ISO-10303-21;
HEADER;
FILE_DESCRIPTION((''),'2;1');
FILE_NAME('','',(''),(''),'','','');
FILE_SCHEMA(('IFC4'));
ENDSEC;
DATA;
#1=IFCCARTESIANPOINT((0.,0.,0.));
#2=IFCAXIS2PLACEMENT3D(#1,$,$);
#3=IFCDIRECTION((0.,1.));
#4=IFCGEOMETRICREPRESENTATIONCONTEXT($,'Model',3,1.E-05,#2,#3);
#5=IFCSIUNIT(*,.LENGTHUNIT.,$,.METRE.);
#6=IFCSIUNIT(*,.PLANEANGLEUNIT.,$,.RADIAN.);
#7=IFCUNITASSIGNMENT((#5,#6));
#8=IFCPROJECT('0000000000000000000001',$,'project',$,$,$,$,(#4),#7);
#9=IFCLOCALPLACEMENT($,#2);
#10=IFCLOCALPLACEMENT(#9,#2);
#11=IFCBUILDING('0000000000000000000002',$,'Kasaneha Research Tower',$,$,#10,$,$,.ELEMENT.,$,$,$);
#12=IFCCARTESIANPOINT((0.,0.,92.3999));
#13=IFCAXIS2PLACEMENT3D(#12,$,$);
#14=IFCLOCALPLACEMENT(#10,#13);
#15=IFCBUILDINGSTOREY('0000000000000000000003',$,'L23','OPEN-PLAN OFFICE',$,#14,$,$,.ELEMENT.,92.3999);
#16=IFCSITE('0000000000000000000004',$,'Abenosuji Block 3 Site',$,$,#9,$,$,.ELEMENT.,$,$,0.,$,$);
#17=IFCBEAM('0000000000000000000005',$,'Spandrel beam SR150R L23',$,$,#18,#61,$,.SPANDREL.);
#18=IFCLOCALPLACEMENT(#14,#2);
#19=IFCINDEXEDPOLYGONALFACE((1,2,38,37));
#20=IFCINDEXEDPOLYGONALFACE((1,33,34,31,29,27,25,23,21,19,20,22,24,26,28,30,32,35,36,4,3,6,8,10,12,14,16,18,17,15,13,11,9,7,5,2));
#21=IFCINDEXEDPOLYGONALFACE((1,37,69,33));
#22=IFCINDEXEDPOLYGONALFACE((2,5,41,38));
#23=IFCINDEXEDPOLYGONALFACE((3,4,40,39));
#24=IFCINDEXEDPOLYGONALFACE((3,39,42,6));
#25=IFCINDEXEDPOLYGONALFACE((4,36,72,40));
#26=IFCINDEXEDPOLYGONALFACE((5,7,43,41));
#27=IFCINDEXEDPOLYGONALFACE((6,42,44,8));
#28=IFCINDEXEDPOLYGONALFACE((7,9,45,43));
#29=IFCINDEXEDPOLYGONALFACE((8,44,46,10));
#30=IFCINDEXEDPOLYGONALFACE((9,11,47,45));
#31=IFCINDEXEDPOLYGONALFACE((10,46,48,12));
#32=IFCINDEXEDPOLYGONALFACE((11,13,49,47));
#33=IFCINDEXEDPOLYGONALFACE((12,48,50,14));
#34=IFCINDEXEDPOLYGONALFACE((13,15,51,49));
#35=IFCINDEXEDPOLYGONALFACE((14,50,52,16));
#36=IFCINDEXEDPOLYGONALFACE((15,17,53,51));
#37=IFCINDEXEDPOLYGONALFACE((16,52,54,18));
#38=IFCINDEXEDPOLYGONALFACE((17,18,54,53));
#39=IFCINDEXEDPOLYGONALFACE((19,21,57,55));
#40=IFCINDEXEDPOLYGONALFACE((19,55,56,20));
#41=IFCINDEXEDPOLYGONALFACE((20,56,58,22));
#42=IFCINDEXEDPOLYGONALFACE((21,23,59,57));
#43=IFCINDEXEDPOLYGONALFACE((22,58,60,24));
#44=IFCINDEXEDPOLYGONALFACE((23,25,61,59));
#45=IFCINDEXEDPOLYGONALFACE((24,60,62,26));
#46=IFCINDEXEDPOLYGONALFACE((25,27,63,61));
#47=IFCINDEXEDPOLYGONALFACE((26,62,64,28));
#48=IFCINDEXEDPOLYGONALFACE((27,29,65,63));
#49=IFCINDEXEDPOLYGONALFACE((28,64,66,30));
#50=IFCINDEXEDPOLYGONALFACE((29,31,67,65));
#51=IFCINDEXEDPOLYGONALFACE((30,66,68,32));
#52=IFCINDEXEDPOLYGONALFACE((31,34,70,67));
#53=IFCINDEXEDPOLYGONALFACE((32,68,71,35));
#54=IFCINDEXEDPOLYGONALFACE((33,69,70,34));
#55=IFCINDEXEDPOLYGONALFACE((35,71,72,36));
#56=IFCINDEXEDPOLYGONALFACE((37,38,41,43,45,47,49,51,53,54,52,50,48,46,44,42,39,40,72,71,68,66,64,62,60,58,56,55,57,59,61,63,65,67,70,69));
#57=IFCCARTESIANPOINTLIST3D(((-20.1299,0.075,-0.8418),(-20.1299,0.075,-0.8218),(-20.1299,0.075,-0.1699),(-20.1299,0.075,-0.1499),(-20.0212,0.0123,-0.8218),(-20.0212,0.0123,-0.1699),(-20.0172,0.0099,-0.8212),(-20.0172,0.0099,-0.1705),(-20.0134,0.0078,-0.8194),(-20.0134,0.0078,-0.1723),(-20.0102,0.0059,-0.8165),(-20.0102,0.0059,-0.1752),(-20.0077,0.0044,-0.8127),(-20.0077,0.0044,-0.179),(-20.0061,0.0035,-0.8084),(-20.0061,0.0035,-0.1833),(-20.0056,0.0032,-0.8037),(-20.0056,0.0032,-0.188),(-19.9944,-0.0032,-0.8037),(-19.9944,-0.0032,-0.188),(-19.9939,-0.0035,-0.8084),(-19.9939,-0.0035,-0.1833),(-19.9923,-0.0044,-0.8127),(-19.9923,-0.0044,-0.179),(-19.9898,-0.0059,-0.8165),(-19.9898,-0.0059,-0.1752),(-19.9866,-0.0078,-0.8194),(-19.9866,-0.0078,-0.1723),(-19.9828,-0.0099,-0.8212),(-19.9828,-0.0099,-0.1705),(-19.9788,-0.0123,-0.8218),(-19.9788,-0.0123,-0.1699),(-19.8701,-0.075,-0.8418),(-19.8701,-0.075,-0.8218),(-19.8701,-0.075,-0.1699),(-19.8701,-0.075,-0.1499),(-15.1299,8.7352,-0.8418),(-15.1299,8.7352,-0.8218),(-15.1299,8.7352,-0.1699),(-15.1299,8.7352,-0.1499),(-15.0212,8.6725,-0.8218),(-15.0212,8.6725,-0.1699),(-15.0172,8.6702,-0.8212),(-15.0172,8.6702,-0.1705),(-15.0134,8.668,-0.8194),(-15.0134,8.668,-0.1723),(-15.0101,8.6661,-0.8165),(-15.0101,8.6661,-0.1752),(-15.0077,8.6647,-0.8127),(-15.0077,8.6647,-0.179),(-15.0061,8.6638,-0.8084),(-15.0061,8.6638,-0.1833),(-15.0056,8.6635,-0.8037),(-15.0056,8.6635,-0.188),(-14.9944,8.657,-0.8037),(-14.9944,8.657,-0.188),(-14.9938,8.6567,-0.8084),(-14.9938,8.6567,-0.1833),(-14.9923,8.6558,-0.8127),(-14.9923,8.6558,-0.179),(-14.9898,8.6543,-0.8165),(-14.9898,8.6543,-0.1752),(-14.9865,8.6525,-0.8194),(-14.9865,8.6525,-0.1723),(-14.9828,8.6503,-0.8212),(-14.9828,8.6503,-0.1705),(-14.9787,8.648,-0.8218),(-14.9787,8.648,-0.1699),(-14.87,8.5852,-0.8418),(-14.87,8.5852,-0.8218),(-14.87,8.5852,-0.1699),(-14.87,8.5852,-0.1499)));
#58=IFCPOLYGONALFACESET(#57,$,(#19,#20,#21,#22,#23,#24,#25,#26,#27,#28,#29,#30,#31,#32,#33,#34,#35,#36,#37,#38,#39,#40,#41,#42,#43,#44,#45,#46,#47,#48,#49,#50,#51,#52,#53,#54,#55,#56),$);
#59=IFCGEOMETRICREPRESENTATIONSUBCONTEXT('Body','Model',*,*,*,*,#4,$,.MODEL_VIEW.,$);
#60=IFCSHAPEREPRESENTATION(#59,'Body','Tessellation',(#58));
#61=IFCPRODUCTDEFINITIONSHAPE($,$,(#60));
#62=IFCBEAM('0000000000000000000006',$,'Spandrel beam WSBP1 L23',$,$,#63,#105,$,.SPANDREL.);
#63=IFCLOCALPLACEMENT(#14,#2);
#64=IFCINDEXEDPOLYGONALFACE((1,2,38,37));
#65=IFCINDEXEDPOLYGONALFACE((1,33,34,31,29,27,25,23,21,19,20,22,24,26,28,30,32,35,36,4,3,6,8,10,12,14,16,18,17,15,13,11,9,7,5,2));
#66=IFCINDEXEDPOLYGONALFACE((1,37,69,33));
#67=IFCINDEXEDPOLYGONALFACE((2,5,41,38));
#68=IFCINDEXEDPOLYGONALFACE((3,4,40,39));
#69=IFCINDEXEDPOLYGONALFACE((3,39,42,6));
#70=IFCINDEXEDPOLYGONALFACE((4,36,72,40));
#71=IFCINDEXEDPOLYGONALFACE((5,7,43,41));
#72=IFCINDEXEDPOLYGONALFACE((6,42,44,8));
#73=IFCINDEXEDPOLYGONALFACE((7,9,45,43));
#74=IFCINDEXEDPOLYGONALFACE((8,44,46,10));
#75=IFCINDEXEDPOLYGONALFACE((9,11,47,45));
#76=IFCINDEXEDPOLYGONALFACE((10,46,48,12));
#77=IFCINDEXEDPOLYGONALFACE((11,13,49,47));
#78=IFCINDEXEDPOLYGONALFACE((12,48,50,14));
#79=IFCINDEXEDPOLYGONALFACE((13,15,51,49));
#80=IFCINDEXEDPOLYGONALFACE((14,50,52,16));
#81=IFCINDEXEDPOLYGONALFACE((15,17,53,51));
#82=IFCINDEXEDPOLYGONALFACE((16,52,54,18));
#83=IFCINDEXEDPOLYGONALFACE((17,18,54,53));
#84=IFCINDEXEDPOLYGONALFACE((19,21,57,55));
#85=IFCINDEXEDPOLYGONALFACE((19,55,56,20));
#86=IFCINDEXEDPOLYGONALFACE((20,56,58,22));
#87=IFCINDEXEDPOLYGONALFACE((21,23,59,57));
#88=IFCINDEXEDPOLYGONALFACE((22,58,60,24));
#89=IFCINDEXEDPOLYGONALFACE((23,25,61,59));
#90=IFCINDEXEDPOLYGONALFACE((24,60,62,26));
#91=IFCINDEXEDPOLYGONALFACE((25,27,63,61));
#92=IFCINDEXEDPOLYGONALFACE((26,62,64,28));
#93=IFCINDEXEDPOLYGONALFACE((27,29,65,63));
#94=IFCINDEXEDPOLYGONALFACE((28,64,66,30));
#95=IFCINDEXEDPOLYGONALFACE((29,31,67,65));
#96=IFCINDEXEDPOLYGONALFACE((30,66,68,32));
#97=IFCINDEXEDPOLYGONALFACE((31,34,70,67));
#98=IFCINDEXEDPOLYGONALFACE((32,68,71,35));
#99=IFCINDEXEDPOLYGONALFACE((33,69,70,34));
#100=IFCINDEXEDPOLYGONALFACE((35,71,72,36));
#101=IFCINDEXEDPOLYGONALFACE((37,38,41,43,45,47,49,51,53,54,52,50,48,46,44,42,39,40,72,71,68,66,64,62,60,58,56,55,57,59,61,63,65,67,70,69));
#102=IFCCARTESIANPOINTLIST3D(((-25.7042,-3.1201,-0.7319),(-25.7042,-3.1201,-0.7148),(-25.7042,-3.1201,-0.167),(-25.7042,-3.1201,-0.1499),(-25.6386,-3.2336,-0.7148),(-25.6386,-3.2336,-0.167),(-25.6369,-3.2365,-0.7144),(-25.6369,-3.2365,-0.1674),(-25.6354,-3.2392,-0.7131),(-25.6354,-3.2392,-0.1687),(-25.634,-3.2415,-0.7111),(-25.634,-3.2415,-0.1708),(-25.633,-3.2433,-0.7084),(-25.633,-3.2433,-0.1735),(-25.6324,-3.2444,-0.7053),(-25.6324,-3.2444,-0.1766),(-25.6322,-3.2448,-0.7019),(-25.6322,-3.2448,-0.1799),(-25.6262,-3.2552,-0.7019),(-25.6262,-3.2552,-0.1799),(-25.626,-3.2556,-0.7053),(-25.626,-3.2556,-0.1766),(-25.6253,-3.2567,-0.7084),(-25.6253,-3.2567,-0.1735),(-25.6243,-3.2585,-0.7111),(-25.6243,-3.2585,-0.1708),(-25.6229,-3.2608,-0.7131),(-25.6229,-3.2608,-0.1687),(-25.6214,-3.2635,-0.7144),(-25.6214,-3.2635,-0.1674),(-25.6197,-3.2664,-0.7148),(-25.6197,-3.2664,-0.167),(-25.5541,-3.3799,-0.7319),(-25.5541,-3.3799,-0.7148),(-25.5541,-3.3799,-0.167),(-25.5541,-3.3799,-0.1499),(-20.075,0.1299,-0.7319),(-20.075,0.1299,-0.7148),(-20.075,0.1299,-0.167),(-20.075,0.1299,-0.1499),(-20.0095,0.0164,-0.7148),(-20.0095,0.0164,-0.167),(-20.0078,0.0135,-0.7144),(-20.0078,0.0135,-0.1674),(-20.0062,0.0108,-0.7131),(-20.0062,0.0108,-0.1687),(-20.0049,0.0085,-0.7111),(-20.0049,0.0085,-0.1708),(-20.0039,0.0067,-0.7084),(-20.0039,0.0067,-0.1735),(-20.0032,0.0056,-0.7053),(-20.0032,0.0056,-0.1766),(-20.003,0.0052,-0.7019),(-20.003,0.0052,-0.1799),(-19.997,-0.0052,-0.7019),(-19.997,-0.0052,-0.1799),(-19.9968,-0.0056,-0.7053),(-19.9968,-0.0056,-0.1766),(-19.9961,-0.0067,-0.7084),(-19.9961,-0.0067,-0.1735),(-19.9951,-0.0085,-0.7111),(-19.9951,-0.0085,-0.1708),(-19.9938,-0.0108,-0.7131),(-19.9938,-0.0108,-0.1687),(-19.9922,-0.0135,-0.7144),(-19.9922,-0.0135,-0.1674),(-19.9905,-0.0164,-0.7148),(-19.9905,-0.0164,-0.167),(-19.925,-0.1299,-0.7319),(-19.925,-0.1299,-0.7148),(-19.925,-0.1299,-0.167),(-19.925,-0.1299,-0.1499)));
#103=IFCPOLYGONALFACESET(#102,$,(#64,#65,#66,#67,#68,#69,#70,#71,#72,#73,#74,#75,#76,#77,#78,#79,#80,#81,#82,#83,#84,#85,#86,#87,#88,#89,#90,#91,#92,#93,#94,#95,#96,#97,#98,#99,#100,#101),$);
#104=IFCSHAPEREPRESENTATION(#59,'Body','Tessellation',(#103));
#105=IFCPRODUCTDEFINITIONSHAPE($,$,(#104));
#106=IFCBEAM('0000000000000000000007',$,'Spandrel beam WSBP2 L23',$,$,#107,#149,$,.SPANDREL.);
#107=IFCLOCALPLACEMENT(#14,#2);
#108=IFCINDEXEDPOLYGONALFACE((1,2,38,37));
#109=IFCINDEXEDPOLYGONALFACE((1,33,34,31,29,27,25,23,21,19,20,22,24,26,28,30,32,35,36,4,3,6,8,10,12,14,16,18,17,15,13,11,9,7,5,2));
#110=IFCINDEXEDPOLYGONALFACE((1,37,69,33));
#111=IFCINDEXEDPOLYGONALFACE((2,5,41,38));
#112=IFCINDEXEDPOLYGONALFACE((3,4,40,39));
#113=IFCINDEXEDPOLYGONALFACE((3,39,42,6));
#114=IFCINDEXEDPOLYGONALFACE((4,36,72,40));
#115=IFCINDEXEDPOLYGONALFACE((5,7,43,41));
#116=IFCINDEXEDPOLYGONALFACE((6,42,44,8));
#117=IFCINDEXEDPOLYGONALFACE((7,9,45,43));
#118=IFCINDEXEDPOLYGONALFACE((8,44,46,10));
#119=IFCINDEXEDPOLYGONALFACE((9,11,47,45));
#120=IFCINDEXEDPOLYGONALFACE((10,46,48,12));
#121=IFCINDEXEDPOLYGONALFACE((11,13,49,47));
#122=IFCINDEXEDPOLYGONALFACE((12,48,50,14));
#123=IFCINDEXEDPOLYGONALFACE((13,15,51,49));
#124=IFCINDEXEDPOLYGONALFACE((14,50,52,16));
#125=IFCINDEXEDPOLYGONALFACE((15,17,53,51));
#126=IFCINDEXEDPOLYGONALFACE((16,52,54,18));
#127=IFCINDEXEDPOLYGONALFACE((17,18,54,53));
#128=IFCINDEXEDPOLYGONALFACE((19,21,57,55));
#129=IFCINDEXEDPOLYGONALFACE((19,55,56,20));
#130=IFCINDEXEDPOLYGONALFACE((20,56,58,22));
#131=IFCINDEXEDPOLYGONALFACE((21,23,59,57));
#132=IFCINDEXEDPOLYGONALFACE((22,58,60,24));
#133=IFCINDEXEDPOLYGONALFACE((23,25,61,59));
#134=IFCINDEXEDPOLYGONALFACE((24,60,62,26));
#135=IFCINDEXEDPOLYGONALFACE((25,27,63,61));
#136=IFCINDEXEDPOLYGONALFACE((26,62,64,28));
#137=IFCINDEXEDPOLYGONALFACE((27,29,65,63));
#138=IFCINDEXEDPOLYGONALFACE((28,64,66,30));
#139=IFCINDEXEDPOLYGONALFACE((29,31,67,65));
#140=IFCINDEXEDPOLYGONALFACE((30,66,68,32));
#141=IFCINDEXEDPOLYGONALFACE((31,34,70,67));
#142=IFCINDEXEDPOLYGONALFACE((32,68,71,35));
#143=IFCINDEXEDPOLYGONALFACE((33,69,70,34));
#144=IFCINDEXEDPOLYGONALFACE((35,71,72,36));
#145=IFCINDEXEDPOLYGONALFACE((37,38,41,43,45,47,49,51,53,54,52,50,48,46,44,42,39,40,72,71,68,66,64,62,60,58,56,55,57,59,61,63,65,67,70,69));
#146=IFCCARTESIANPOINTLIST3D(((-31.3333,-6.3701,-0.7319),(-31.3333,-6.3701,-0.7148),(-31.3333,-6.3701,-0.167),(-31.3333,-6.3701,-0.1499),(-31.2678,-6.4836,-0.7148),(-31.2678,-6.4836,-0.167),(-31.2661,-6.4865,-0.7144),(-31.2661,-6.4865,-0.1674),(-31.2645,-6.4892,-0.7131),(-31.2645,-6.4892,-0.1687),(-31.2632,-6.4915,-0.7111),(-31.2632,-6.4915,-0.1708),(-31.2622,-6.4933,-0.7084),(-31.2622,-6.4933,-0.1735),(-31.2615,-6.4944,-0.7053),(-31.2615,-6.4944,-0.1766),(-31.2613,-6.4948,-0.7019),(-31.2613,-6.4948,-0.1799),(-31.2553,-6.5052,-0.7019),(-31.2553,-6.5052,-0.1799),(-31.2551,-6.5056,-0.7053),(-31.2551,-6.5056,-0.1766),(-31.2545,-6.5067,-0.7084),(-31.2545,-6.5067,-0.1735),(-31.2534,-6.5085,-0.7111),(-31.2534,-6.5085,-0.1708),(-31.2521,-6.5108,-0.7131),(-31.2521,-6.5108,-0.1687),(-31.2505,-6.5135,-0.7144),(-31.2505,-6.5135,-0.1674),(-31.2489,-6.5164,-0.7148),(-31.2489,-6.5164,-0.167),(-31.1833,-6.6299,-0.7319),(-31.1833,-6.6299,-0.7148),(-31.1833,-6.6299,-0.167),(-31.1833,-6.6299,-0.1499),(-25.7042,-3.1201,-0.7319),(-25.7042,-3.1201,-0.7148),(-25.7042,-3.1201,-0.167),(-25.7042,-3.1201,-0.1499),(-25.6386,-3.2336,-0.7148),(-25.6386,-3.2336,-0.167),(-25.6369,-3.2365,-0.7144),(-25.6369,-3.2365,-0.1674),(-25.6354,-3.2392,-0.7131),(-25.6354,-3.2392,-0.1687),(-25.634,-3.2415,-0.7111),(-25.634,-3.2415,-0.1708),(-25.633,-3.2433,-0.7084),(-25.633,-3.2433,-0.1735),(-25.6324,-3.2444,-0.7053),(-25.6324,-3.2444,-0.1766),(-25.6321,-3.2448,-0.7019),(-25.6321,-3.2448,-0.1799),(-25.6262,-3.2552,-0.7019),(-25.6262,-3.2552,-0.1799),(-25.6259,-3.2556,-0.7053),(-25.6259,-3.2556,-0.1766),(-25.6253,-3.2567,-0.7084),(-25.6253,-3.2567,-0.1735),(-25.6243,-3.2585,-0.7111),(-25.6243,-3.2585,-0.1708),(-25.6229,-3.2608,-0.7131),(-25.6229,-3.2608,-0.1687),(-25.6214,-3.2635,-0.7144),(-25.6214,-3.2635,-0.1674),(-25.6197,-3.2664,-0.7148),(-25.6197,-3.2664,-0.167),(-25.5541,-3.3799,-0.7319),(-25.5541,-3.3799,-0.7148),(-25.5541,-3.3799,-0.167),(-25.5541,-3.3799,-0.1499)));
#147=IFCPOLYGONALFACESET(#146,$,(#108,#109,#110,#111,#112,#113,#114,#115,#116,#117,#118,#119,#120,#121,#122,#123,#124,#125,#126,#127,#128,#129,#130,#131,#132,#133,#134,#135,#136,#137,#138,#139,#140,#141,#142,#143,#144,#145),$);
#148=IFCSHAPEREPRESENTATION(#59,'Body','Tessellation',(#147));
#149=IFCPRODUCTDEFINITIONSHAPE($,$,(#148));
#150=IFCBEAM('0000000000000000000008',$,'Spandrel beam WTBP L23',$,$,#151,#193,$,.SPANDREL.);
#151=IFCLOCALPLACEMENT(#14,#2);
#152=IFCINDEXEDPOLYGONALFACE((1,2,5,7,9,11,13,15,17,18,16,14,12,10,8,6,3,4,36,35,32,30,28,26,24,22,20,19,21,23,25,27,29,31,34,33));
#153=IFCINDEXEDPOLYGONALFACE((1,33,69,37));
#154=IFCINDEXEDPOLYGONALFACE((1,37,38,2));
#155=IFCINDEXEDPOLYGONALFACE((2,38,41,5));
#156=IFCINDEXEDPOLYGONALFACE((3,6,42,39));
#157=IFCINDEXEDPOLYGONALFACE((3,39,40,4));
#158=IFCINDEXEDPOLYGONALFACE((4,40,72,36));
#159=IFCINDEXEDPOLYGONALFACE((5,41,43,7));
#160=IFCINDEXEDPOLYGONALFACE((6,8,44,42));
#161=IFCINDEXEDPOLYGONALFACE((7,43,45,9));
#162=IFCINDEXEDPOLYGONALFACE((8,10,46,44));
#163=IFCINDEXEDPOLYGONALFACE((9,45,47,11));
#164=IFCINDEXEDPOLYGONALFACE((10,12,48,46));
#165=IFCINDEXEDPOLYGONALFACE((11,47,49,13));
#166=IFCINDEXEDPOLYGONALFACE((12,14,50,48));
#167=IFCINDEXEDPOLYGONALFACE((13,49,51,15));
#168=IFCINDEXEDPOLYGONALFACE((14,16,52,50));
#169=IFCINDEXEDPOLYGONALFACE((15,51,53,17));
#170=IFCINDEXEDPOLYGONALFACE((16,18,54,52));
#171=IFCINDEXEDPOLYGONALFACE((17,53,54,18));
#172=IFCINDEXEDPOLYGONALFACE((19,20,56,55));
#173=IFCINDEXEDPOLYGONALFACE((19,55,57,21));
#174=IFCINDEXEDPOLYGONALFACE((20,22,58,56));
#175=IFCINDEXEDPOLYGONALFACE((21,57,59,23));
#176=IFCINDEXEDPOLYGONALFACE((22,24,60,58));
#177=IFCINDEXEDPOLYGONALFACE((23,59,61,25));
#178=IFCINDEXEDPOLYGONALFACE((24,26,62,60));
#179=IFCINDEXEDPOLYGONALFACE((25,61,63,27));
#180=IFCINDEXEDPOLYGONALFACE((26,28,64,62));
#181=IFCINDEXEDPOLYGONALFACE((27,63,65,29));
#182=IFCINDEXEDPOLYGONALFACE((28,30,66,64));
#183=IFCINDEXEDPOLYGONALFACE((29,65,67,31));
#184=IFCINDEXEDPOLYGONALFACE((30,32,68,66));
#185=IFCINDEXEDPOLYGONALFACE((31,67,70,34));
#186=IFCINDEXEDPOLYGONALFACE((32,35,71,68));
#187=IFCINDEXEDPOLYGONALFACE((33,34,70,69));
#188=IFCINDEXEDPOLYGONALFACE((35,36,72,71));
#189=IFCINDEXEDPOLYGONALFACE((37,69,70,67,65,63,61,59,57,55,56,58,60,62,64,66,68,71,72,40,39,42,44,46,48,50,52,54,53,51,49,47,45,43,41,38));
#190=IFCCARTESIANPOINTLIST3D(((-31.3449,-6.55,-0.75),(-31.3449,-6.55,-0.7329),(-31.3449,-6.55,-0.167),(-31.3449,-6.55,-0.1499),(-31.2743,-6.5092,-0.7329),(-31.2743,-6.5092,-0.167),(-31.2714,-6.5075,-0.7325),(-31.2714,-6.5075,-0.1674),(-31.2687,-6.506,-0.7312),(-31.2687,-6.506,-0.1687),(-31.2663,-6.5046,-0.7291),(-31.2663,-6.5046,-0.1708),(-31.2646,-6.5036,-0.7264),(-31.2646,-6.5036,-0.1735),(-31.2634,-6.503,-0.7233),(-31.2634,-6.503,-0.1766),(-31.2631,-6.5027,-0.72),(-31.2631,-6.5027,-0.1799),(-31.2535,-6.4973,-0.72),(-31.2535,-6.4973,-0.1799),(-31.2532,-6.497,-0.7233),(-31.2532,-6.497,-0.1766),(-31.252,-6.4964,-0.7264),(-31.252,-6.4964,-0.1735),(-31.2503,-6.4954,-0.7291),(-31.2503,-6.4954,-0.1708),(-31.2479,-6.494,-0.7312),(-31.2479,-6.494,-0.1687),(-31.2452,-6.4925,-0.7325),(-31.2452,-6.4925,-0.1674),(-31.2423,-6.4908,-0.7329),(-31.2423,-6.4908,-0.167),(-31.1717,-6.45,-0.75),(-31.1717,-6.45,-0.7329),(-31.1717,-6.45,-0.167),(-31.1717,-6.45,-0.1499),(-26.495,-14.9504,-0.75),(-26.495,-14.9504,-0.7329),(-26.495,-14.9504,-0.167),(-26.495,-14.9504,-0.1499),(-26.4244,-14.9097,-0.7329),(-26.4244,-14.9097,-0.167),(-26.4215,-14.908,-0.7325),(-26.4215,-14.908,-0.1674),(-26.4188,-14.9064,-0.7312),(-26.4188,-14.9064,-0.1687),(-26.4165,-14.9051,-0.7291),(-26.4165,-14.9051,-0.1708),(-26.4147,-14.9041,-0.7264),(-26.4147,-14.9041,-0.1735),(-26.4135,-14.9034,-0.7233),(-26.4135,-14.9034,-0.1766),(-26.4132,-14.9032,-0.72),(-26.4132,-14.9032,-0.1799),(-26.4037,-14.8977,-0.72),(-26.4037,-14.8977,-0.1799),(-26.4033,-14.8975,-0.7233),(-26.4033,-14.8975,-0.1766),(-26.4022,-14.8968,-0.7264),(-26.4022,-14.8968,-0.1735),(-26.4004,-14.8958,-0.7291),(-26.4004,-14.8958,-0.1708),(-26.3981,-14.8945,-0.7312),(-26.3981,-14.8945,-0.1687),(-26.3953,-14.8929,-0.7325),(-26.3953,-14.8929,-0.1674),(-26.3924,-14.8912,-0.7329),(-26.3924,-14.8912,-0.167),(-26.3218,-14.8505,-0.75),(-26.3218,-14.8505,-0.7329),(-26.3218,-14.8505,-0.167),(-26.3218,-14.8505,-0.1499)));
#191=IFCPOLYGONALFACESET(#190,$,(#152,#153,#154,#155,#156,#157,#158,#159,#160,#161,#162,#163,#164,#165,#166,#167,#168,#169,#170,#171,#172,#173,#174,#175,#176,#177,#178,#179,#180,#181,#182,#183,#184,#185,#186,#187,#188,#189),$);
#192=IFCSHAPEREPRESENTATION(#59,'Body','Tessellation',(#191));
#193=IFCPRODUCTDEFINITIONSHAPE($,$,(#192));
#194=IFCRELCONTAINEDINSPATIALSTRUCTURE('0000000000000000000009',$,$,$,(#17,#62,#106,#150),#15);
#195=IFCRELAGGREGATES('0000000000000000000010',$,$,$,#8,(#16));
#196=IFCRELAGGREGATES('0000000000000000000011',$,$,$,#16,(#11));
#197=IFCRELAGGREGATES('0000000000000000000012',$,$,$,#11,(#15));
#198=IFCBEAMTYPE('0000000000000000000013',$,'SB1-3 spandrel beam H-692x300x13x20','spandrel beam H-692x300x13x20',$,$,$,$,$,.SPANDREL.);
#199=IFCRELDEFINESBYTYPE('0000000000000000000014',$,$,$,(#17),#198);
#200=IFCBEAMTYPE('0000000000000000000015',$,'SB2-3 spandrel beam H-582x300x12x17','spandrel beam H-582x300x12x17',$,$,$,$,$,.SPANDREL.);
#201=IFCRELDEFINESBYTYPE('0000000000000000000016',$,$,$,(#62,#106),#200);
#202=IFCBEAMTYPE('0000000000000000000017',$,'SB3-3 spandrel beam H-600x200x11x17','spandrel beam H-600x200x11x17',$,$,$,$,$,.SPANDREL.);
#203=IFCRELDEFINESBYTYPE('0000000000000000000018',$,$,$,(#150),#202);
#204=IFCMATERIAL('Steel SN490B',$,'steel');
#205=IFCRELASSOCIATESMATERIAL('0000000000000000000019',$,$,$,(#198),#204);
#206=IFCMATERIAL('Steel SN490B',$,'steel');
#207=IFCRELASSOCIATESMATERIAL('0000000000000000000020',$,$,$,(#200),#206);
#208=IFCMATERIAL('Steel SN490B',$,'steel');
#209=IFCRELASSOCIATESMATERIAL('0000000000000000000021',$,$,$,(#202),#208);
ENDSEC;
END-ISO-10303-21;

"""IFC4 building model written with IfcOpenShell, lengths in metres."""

from ifc_helpers import new_model, si_unit, direction, frame, origin, origin_2d, place, context, subcontext, project, spatial, i_section, extrude, material, material_profile, profile_set, type_object, element, save


model = new_model("IFC4")

# Units and contexts
model_context = context("Model", 3, precision=1e-05, world=origin(), true_north=direction((0.0, 1.0)))
body_context = subcontext(model_context, "Body", "Model", "MODEL_VIEW")
ifc_project = project(units=[si_unit("LENGTHUNIT", "METRE"), si_unit("PLANEANGLEUNIT", "RADIAN")], contexts=[model_context])

# Site, building, storey
site_placement = place(None, origin())
site = spatial("IfcSite", under=ifc_project, at=site_placement, Name="Abenosuji Block 3 Site", CompositionType="ELEMENT", RefElevation=0.0)
building_placement = place(site_placement, origin())
building = spatial("IfcBuilding", under=site, at=building_placement, Name="Kasaneha Research Tower", CompositionType="ELEMENT")
storey_placement = place(building_placement, frame((0.0, 0.0, 92.3999)))
storey = spatial("IfcBuildingStorey", under=building, at=storey_placement, Name="L23", Description="OPEN-PLAN OFFICE", CompositionType="ELEMENT", Elevation=92.3999)

# Beams
ifc_material_1 = material(Name="Steel SN490B", Category="steel")
ifc_material_profile_1 = material_profile(ifc_material_1, i_section(OverallWidth=0.3, OverallDepth=0.6919, WebThickness=0.0129, FlangeThickness=0.02, FilletRadius=0.0181, at=origin_2d()), Name="H-692x300x13x20")
ifc_profile_set_1 = profile_set([ifc_material_profile_1], Name="Steel SN490B")
beam_type_1 = type_object("IfcBeamType", Name="SB1-3 spandrel beam H-692x300x13x20", Description="spandrel beam H-692x300x13x20", PredefinedType="SPANDREL", material=ifc_profile_set_1)
beam_1_placement = place(storey_placement, frame((-20.0, 0.0, -0.4958), z_axis=(0.500004, 0.866023, 0.0), x_axis=(-0.866023, 0.500004, 0.0)))
element("IfcBeam", 1, at=beam_1_placement, inside=storey, type_object=beam_type_1, Name="Spandrel beam SR150R L23", PredefinedType="SPANDREL", context=body_context, shape_type="SweptSolid", body=[
    extrude(i_section(OverallWidth=0.3, OverallDepth=0.6919, WebThickness=0.0129, FlangeThickness=0.02, FilletRadius=0.0181, at=origin_2d()), origin(), (0.0, 0.0, 1.0), 10.0),
])
ifc_material_2 = material(Name="Steel SN490B", Category="steel")
ifc_material_profile_2 = material_profile(ifc_material_2, i_section(OverallWidth=0.3, OverallDepth=0.582, WebThickness=0.012, FlangeThickness=0.0171, FilletRadius=0.0129, at=origin_2d()), Name="H-582x300x12x17")
ifc_profile_set_2 = profile_set([ifc_material_profile_2], Name="Steel SN490B")
beam_type_2 = type_object("IfcBeamType", Name="SB2-3 spandrel beam H-582x300x12x17", Description="spandrel beam H-582x300x12x17", PredefinedType="SPANDREL", material=ifc_profile_set_2)
for number, where, z_axis, x_axis, name in (
    (2, (-20.0, 0.0, -0.4409), (-0.866025, -0.500001, 0.0), (0.500001, -0.866025, 0.0), "Spandrel beam WSBP1 L23"),
    (3, (-25.6292, -3.25, -0.4409), (-0.866025, -0.500001, 0.0), (0.500001, -0.866025, 0.0), "Spandrel beam WSBP2 L23"),
):
    element("IfcBeam", number, at=place(storey_placement, frame(where, z_axis=z_axis, x_axis=x_axis)), inside=storey, type_object=beam_type_2, Name=name, PredefinedType="SPANDREL", context=body_context, shape_type="SweptSolid", body=[
        extrude(i_section(OverallWidth=0.3, OverallDepth=0.582, WebThickness=0.012, FlangeThickness=0.0171, FilletRadius=0.0129, at=origin_2d()), origin(), (0.0, 0.0, 1.0), 6.5),
    ])
ifc_material_3 = material(Name="Steel SN490B", Category="steel")
ifc_material_profile_3 = material_profile(ifc_material_3, i_section(OverallWidth=0.2, OverallDepth=0.6001, WebThickness=0.011, FlangeThickness=0.0171, FilletRadius=0.0129, at=origin_2d()), Name="H-600x200x11x17")
ifc_profile_set_3 = profile_set([ifc_material_profile_3], Name="Steel SN490B")
beam_type_3 = type_object("IfcBeamType", Name="SB3-3 spandrel beam H-600x200x11x17", Description="spandrel beam H-600x200x11x17", PredefinedType="SPANDREL", material=ifc_profile_set_3)
beam_2_placement = place(storey_placement, frame((-31.2583, -6.5, -0.45), z_axis=(0.499991, -0.866031, 0.0), x_axis=(0.866031, 0.499991, 0.0)))
element("IfcBeam", 4, at=beam_2_placement, inside=storey, type_object=beam_type_3, Name="Spandrel beam WTBP L23", PredefinedType="SPANDREL", context=body_context, shape_type="SweptSolid", body=[
    extrude(i_section(OverallWidth=0.2, OverallDepth=0.6001, WebThickness=0.011, FlangeThickness=0.0171, FilletRadius=0.0129, at=origin_2d()), origin(), (0.0, 0.0, 1.0), 9.7),
])

save(model, "model.ifc")
